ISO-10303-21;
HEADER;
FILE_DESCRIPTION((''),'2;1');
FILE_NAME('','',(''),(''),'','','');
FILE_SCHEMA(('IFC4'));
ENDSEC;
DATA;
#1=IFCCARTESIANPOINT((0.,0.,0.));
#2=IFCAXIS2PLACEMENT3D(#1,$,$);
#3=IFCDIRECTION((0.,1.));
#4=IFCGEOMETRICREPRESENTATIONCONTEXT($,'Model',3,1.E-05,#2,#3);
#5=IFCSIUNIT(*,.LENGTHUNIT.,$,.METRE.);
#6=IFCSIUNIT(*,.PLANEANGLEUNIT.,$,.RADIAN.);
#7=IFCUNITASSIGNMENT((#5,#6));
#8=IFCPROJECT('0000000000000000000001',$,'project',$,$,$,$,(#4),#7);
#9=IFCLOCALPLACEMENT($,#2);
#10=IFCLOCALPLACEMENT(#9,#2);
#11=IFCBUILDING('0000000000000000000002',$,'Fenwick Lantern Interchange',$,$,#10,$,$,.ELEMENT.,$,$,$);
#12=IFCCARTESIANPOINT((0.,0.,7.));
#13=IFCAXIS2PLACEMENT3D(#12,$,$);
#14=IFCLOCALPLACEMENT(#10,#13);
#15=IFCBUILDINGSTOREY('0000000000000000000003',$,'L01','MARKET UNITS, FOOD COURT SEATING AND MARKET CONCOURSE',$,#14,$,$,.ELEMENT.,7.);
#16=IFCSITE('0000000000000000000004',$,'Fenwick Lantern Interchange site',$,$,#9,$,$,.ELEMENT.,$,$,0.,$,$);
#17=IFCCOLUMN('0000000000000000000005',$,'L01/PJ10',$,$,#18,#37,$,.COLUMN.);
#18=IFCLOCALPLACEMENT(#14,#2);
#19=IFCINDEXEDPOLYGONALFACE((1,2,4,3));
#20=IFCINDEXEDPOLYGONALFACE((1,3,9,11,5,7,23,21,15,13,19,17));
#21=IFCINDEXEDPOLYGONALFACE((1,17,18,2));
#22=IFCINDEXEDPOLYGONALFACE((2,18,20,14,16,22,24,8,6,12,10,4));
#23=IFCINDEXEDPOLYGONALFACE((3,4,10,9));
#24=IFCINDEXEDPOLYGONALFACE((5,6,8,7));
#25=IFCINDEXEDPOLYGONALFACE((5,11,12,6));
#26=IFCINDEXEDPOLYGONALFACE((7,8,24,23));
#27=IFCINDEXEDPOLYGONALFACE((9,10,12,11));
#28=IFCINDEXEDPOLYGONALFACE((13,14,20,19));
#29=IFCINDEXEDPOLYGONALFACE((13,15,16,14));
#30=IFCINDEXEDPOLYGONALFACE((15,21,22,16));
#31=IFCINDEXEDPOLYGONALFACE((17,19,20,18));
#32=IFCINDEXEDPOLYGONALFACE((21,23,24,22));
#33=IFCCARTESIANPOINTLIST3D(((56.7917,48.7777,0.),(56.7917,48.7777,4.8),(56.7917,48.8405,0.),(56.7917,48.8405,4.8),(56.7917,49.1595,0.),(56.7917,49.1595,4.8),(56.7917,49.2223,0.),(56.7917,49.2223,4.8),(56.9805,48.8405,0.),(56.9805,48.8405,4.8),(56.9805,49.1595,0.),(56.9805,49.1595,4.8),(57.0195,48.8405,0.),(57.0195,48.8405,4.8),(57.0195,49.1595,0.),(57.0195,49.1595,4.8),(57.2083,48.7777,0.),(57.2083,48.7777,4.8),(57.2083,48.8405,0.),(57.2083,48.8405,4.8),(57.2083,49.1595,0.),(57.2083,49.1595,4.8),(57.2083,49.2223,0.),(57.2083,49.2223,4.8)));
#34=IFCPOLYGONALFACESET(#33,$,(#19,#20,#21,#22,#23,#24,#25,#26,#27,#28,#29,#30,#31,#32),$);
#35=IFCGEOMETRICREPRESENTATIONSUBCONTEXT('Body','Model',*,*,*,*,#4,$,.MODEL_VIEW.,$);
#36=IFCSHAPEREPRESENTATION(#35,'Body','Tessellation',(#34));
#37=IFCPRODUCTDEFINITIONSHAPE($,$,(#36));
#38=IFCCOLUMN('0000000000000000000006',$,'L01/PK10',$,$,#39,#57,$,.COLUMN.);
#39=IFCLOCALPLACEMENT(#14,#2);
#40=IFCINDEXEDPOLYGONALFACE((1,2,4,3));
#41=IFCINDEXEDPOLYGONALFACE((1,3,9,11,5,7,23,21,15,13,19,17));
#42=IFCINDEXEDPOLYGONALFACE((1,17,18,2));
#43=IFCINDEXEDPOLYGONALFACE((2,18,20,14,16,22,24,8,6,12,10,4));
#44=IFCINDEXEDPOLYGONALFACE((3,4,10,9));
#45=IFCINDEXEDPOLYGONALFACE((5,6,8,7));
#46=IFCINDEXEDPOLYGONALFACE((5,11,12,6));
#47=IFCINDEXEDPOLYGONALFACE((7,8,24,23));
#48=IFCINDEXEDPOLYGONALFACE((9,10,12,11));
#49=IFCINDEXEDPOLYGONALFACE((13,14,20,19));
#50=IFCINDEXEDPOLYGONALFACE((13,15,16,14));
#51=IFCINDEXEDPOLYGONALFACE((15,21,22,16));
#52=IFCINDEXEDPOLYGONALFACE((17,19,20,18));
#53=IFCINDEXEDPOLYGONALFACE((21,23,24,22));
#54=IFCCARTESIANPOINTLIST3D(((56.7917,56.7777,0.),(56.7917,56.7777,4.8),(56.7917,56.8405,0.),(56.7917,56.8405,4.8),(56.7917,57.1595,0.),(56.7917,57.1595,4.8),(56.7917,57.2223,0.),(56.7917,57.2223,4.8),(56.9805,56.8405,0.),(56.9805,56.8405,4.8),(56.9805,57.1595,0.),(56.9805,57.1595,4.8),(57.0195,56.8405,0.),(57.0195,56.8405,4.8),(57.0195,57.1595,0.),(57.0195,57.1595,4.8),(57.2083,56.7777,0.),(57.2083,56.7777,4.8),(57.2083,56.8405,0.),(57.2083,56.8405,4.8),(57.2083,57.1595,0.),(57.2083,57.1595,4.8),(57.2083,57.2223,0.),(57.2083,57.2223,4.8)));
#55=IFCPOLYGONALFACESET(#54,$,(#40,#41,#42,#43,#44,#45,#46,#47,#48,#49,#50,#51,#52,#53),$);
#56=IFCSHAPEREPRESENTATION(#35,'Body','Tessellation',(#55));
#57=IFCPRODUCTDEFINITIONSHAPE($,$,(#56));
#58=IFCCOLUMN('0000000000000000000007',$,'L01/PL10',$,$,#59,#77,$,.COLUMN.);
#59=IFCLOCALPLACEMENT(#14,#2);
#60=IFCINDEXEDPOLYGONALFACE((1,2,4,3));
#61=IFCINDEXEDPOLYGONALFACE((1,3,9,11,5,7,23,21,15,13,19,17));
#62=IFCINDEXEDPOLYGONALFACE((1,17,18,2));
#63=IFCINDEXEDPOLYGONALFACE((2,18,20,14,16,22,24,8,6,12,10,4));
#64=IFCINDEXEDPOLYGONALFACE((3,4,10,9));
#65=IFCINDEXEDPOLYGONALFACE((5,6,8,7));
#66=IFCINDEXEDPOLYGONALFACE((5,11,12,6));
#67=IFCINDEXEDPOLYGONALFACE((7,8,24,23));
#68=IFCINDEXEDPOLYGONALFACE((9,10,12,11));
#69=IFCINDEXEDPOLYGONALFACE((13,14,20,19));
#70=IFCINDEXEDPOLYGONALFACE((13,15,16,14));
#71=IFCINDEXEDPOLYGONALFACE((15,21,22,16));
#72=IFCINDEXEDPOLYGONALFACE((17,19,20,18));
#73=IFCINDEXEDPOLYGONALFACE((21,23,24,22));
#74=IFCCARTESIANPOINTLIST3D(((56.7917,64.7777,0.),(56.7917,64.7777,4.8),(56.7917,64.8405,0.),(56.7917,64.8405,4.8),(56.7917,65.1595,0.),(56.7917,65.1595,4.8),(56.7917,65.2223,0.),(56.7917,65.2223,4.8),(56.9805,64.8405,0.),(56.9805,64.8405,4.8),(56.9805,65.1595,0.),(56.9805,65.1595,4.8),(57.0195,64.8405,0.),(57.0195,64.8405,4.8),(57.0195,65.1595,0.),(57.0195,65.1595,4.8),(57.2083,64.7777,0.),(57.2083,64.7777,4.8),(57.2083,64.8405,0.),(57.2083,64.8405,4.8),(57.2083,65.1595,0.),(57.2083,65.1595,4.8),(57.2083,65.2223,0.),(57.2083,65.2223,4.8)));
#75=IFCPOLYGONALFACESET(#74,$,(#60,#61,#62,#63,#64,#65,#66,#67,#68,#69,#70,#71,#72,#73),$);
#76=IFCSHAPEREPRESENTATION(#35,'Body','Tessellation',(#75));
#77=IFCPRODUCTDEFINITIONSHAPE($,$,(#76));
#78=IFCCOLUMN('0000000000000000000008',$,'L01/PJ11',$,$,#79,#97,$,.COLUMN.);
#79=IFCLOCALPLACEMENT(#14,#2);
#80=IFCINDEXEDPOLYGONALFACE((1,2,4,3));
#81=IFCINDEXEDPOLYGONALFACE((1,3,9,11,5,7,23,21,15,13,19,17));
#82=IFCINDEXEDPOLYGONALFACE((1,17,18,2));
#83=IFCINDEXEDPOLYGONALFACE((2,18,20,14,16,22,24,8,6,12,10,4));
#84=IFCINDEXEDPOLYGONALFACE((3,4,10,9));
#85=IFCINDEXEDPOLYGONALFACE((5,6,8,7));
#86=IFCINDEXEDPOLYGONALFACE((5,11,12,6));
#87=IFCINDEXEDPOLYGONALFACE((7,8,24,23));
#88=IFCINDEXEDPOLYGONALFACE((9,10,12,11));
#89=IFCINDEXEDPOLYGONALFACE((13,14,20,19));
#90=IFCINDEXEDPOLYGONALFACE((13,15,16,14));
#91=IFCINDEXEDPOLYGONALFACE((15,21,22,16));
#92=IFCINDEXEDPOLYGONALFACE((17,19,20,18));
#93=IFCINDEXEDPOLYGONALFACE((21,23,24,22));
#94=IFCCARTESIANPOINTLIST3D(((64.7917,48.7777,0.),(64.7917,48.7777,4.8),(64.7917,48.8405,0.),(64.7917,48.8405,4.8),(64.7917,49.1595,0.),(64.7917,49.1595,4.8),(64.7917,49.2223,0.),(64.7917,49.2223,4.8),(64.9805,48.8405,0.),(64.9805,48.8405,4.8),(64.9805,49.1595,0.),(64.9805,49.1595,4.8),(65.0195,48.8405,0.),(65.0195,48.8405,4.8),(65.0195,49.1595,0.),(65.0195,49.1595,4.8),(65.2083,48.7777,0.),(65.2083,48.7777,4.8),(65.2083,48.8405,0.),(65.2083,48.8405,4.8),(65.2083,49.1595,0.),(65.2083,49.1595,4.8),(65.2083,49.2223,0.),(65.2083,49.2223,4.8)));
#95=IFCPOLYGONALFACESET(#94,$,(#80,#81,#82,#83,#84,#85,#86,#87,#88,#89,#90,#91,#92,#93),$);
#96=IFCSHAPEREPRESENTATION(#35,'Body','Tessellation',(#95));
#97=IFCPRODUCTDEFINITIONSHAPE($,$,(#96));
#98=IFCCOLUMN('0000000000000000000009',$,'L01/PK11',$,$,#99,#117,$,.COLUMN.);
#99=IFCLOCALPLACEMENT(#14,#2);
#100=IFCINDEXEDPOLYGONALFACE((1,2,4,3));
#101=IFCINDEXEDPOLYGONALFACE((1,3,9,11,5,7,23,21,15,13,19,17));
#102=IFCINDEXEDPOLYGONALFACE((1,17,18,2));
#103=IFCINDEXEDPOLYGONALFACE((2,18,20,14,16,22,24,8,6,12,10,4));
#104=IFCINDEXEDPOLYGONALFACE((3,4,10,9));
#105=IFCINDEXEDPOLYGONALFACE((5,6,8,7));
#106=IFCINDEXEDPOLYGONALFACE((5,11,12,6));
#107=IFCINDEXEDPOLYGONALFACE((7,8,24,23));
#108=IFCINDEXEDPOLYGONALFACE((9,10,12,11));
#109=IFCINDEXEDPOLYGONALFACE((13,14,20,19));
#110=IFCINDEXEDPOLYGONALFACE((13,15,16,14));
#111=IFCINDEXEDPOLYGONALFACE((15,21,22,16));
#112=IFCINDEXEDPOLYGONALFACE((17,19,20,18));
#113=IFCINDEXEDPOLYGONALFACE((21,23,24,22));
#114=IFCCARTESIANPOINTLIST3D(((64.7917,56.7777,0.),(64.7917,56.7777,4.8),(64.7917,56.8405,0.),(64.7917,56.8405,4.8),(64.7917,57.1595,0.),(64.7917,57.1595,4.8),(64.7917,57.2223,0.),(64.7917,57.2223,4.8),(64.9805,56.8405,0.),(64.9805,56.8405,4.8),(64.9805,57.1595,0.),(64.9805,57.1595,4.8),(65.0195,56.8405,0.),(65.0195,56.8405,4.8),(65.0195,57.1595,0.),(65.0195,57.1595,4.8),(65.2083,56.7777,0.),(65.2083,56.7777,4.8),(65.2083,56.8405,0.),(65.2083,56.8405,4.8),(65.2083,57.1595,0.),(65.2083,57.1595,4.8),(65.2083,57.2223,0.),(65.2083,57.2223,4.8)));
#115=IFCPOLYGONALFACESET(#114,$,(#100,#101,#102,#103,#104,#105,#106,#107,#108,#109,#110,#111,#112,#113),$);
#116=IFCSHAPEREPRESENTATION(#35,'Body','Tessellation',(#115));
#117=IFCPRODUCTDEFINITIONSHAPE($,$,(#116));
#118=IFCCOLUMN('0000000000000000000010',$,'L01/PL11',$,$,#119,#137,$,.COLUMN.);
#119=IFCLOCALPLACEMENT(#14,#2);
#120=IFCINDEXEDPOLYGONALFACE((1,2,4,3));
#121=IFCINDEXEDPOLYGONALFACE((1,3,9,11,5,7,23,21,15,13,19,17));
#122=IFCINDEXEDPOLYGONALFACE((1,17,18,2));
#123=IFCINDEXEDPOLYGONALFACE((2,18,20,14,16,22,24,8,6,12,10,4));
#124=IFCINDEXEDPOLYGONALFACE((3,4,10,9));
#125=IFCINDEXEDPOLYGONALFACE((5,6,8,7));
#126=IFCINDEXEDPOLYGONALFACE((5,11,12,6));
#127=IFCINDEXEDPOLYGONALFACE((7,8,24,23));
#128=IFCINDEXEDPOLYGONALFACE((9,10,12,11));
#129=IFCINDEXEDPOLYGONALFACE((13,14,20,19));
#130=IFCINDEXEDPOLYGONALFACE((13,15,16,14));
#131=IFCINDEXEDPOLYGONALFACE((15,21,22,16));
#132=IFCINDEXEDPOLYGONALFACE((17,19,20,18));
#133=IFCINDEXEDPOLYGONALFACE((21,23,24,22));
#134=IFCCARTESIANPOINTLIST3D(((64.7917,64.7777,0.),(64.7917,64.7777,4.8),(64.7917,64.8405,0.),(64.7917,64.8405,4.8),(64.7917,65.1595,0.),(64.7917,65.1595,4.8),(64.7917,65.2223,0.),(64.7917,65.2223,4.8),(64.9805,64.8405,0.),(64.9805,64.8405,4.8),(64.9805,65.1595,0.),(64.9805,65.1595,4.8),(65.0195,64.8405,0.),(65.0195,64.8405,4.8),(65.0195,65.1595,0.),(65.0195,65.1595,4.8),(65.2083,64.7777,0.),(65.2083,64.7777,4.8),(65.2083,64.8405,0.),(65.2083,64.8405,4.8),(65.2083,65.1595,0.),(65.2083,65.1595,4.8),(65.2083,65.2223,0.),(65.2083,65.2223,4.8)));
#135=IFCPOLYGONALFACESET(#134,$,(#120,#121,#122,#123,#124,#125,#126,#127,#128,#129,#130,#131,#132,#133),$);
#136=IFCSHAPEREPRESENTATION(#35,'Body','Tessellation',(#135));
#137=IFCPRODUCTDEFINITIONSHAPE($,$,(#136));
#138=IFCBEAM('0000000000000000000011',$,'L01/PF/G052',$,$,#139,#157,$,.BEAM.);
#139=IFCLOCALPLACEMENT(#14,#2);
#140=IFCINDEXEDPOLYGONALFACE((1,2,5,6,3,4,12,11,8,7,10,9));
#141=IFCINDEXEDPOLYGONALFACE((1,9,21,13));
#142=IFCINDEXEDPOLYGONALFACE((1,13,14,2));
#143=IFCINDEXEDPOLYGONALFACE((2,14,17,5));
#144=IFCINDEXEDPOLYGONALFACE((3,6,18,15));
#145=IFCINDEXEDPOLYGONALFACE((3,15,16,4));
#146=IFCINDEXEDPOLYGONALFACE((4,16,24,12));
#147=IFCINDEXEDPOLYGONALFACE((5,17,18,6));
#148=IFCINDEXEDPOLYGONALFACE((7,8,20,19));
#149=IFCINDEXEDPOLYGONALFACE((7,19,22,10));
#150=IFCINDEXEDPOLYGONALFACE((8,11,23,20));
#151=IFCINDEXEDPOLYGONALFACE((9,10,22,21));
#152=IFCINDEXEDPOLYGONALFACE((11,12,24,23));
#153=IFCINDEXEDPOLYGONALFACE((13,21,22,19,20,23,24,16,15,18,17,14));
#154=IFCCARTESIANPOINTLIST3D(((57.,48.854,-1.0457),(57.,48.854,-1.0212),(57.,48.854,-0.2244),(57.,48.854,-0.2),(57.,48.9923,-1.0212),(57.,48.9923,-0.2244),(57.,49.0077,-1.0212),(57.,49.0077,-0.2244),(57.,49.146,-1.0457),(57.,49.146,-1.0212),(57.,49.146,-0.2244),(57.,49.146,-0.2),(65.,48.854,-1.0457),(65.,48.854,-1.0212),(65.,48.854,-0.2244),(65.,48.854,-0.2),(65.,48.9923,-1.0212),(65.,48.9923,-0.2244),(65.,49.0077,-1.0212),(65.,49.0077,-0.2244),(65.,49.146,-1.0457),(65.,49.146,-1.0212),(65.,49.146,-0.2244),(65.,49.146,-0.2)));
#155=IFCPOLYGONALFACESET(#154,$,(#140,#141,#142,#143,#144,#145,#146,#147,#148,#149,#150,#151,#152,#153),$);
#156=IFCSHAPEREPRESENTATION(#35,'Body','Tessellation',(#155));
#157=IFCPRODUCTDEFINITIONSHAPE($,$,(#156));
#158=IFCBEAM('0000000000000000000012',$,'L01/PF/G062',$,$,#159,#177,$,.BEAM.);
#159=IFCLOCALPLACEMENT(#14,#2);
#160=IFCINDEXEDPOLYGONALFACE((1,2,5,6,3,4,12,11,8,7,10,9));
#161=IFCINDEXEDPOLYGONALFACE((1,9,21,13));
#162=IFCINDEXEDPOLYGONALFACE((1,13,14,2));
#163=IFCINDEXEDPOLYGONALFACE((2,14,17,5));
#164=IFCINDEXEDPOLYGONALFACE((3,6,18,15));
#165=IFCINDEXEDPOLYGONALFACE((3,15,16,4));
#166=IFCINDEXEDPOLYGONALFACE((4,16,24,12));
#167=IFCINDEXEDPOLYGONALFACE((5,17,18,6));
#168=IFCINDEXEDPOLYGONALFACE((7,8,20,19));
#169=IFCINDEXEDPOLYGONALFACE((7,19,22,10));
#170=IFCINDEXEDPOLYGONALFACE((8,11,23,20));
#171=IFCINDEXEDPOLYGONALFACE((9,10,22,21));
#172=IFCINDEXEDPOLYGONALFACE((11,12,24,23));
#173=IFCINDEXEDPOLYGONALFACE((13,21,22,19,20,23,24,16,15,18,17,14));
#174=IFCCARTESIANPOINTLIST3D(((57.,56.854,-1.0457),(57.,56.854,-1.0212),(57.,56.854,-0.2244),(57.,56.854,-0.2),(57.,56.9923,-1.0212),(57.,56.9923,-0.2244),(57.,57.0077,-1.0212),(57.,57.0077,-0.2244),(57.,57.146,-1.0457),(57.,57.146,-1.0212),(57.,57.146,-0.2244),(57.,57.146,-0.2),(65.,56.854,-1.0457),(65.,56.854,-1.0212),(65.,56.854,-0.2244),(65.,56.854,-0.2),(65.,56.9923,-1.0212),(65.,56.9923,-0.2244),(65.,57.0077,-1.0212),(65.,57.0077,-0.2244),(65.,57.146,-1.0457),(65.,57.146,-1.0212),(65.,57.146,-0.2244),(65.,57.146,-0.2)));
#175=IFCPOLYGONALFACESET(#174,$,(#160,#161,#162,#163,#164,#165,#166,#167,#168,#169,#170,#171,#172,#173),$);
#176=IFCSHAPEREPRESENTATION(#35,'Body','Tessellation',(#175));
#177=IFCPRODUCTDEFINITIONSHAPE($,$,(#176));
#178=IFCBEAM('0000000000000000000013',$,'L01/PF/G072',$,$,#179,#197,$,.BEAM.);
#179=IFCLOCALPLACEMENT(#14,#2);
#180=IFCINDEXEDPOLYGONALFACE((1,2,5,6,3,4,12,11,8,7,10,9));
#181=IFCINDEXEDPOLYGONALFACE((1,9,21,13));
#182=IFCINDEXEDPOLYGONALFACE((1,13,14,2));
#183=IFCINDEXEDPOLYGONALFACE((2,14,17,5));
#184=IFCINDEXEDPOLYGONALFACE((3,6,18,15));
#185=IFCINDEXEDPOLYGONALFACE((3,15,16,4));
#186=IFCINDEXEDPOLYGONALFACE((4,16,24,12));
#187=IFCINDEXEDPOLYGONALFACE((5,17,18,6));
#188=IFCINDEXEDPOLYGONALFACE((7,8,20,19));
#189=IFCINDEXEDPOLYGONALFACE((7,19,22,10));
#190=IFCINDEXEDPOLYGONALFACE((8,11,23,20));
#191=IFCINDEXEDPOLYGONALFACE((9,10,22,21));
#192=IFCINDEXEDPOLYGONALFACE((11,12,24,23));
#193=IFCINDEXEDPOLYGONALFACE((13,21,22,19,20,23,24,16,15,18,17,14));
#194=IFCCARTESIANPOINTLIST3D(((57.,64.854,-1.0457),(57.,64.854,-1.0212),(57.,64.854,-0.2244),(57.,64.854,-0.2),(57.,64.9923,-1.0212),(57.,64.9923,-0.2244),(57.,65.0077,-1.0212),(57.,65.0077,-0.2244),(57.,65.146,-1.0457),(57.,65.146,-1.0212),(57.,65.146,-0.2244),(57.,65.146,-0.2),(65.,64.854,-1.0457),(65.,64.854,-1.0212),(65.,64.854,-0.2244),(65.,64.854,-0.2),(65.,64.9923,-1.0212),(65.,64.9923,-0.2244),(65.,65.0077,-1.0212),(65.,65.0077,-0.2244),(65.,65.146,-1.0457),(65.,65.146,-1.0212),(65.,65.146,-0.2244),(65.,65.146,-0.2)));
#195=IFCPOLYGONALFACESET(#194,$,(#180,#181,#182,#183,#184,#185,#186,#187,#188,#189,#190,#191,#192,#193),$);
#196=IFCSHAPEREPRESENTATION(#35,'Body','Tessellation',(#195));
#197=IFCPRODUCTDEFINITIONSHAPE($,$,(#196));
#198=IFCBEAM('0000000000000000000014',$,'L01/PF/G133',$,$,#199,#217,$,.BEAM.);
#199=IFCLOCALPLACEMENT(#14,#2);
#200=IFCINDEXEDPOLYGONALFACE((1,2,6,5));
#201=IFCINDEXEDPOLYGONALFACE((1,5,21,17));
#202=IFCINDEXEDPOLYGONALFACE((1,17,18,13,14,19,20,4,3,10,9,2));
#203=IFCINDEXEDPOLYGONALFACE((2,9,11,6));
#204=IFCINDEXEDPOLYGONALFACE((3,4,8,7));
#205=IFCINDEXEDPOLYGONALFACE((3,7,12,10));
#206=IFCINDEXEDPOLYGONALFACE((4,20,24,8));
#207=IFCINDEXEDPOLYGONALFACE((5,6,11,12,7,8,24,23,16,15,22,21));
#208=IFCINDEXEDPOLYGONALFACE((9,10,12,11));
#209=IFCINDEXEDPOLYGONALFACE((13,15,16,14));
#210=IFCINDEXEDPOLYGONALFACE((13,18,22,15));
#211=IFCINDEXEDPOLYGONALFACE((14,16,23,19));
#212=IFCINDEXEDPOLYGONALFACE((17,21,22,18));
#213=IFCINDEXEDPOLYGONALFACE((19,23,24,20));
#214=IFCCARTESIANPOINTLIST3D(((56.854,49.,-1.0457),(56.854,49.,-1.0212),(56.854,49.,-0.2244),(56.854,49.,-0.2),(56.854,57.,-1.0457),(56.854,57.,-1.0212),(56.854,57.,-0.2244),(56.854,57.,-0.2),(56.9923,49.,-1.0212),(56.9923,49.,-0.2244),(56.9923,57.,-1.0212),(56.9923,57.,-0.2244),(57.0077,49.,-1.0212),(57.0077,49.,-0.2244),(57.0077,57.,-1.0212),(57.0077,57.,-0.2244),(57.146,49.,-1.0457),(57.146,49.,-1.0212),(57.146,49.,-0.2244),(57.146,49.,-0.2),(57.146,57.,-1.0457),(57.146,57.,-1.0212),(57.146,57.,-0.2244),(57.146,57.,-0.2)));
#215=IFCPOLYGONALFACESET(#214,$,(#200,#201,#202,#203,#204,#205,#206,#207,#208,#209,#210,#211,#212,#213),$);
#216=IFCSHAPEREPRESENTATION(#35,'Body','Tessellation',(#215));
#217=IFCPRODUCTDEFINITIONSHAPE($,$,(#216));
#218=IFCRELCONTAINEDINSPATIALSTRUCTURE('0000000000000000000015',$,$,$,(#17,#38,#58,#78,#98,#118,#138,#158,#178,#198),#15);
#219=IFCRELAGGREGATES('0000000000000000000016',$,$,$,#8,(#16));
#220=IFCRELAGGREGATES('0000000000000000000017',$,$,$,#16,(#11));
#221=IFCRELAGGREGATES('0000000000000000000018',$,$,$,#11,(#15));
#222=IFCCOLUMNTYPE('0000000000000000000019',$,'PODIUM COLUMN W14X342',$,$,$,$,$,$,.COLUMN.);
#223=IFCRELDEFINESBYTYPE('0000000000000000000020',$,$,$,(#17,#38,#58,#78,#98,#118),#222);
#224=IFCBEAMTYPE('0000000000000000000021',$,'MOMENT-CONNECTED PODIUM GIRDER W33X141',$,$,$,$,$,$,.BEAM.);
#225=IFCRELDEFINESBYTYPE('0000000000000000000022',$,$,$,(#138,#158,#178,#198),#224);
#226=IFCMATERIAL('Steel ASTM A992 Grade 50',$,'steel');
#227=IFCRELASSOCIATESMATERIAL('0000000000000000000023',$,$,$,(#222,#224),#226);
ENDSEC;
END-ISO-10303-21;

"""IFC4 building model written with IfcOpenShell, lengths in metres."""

from ifc_helpers import new_model, si_unit, direction, frame, origin, origin_2d, place, context, subcontext, project, spatial, i_section, extrude, material, material_profile, profile_set, type_object, element, save


model = new_model("IFC4")

# Units and contexts
model_context = context("Model", 3, precision=1e-05, world=origin(), true_north=direction((0.0, 1.0)))
body_context = subcontext(model_context, "Body", "Model", "MODEL_VIEW")
ifc_project = project(units=[si_unit("LENGTHUNIT", "METRE"), si_unit("PLANEANGLEUNIT", "RADIAN")], contexts=[model_context])

# Site, building, storey
site_placement = place(None, origin())
site = spatial("IfcSite", under=ifc_project, at=site_placement, Name="Fenwick Lantern Interchange site", CompositionType="ELEMENT", RefElevation=0.0)
building_placement = place(site_placement, origin())
building = spatial("IfcBuilding", under=site, at=building_placement, Name="Fenwick Lantern Interchange", CompositionType="ELEMENT")
storey_placement = place(building_placement, frame((0.0, 0.0, 7.0)))
storey = spatial("IfcBuildingStorey", under=building, at=storey_placement, Name="L01", Description="MARKET UNITS, FOOD COURT SEATING AND MARKET CONCOURSE", CompositionType="ELEMENT", Elevation=7.0)

# Columns
ifc_material_1 = material(Name="Steel ASTM A992 Grade 50", Category="steel")
ifc_material_profile_1 = material_profile(ifc_material_1, i_section(OverallWidth=0.4165, OverallDepth=0.4446, WebThickness=0.0391, FlangeThickness=0.0627, at=origin_2d()), Name="W14X342")
ifc_profile_set_1 = profile_set([ifc_material_profile_1], Name="Steel ASTM A992 Grade 50")
column_type = type_object("IfcColumnType", Name="PODIUM COLUMN W14X342", PredefinedType="COLUMN", material=ifc_profile_set_1)
for number, where, z_axis, x_axis, name in (
    (1, (57.0, 49.0, 0.0), (0.0, 0.0, 1.0), (1.0, 0.0, 0.0), "L01/PJ10"),
    (2, (57.0, 57.0, 0.0), (0.0, 0.0, 1.0), (1.0, 0.0, 0.0), "L01/PK10"),
    (3, (57.0, 65.0, 0.0), (0.0, 0.0, 1.0), (1.0, 0.0, 0.0), "L01/PL10"),
    (4, (65.0, 49.0, 0.0), (0.0, 0.0, 1.0), (1.0, 0.0, 0.0), "L01/PJ11"),
    (5, (65.0, 57.0, 0.0), (0.0, 0.0, 1.0), (1.0, 0.0, 0.0), "L01/PK11"),
    (6, (65.0, 65.0, 0.0), (0.0, 0.0, 1.0), (1.0, 0.0, 0.0), "L01/PL11"),
):
    element("IfcColumn", number, at=place(storey_placement, frame(where, z_axis=z_axis, x_axis=x_axis)), inside=storey, type_object=column_type, Name=name, PredefinedType="COLUMN", context=body_context, shape_type="SweptSolid", body=[
        extrude(i_section(OverallWidth=0.4165, OverallDepth=0.4446, WebThickness=0.0391, FlangeThickness=0.0627, at=origin_2d()), origin(), (0.0, 0.0, 1.0), 4.8),
    ])

# Beams
ifc_material_profile_2 = material_profile(ifc_material_1, i_section(OverallWidth=0.292, OverallDepth=0.8457, WebThickness=0.0154, FlangeThickness=0.0244, at=origin_2d()), Name="W33X141")
ifc_profile_set_2 = profile_set([ifc_material_profile_2], Name="Steel ASTM A992 Grade 50")
beam_type_1 = type_object("IfcBeamType", Name="MOMENT-CONNECTED PODIUM GIRDER W33X141", PredefinedType="BEAM", material=ifc_profile_set_2)
for number, where, z_axis, x_axis, name in (
    (7, (57.0, 49.0, -0.6228), (1.0, 0.0, 0.0), (0.0, 1.0, 0.0), "L01/PF/G052"),
    (8, (57.0, 57.0, -0.6228), (1.0, 0.0, 0.0), (0.0, 1.0, 0.0), "L01/PF/G062"),
    (9, (57.0, 65.0, -0.6228), (1.0, 0.0, 0.0), (0.0, 1.0, 0.0), "L01/PF/G072"),
    (10, (57.0, 49.0, -0.6228), (0.0, 1.0, 0.0), (-1.0, 0.0, 0.0), "L01/PF/G133"),
):
    element("IfcBeam", number, at=place(storey_placement, frame(where, z_axis=z_axis, x_axis=x_axis)), inside=storey, type_object=beam_type_1, Name=name, PredefinedType="BEAM", context=body_context, shape_type="SweptSolid", body=[
        extrude(i_section(OverallWidth=0.292, OverallDepth=0.8457, WebThickness=0.0154, FlangeThickness=0.0244, at=origin_2d()), origin(), (0.0, 0.0, 1.0), 8.0),
    ])

save(model, "model.ifc")
